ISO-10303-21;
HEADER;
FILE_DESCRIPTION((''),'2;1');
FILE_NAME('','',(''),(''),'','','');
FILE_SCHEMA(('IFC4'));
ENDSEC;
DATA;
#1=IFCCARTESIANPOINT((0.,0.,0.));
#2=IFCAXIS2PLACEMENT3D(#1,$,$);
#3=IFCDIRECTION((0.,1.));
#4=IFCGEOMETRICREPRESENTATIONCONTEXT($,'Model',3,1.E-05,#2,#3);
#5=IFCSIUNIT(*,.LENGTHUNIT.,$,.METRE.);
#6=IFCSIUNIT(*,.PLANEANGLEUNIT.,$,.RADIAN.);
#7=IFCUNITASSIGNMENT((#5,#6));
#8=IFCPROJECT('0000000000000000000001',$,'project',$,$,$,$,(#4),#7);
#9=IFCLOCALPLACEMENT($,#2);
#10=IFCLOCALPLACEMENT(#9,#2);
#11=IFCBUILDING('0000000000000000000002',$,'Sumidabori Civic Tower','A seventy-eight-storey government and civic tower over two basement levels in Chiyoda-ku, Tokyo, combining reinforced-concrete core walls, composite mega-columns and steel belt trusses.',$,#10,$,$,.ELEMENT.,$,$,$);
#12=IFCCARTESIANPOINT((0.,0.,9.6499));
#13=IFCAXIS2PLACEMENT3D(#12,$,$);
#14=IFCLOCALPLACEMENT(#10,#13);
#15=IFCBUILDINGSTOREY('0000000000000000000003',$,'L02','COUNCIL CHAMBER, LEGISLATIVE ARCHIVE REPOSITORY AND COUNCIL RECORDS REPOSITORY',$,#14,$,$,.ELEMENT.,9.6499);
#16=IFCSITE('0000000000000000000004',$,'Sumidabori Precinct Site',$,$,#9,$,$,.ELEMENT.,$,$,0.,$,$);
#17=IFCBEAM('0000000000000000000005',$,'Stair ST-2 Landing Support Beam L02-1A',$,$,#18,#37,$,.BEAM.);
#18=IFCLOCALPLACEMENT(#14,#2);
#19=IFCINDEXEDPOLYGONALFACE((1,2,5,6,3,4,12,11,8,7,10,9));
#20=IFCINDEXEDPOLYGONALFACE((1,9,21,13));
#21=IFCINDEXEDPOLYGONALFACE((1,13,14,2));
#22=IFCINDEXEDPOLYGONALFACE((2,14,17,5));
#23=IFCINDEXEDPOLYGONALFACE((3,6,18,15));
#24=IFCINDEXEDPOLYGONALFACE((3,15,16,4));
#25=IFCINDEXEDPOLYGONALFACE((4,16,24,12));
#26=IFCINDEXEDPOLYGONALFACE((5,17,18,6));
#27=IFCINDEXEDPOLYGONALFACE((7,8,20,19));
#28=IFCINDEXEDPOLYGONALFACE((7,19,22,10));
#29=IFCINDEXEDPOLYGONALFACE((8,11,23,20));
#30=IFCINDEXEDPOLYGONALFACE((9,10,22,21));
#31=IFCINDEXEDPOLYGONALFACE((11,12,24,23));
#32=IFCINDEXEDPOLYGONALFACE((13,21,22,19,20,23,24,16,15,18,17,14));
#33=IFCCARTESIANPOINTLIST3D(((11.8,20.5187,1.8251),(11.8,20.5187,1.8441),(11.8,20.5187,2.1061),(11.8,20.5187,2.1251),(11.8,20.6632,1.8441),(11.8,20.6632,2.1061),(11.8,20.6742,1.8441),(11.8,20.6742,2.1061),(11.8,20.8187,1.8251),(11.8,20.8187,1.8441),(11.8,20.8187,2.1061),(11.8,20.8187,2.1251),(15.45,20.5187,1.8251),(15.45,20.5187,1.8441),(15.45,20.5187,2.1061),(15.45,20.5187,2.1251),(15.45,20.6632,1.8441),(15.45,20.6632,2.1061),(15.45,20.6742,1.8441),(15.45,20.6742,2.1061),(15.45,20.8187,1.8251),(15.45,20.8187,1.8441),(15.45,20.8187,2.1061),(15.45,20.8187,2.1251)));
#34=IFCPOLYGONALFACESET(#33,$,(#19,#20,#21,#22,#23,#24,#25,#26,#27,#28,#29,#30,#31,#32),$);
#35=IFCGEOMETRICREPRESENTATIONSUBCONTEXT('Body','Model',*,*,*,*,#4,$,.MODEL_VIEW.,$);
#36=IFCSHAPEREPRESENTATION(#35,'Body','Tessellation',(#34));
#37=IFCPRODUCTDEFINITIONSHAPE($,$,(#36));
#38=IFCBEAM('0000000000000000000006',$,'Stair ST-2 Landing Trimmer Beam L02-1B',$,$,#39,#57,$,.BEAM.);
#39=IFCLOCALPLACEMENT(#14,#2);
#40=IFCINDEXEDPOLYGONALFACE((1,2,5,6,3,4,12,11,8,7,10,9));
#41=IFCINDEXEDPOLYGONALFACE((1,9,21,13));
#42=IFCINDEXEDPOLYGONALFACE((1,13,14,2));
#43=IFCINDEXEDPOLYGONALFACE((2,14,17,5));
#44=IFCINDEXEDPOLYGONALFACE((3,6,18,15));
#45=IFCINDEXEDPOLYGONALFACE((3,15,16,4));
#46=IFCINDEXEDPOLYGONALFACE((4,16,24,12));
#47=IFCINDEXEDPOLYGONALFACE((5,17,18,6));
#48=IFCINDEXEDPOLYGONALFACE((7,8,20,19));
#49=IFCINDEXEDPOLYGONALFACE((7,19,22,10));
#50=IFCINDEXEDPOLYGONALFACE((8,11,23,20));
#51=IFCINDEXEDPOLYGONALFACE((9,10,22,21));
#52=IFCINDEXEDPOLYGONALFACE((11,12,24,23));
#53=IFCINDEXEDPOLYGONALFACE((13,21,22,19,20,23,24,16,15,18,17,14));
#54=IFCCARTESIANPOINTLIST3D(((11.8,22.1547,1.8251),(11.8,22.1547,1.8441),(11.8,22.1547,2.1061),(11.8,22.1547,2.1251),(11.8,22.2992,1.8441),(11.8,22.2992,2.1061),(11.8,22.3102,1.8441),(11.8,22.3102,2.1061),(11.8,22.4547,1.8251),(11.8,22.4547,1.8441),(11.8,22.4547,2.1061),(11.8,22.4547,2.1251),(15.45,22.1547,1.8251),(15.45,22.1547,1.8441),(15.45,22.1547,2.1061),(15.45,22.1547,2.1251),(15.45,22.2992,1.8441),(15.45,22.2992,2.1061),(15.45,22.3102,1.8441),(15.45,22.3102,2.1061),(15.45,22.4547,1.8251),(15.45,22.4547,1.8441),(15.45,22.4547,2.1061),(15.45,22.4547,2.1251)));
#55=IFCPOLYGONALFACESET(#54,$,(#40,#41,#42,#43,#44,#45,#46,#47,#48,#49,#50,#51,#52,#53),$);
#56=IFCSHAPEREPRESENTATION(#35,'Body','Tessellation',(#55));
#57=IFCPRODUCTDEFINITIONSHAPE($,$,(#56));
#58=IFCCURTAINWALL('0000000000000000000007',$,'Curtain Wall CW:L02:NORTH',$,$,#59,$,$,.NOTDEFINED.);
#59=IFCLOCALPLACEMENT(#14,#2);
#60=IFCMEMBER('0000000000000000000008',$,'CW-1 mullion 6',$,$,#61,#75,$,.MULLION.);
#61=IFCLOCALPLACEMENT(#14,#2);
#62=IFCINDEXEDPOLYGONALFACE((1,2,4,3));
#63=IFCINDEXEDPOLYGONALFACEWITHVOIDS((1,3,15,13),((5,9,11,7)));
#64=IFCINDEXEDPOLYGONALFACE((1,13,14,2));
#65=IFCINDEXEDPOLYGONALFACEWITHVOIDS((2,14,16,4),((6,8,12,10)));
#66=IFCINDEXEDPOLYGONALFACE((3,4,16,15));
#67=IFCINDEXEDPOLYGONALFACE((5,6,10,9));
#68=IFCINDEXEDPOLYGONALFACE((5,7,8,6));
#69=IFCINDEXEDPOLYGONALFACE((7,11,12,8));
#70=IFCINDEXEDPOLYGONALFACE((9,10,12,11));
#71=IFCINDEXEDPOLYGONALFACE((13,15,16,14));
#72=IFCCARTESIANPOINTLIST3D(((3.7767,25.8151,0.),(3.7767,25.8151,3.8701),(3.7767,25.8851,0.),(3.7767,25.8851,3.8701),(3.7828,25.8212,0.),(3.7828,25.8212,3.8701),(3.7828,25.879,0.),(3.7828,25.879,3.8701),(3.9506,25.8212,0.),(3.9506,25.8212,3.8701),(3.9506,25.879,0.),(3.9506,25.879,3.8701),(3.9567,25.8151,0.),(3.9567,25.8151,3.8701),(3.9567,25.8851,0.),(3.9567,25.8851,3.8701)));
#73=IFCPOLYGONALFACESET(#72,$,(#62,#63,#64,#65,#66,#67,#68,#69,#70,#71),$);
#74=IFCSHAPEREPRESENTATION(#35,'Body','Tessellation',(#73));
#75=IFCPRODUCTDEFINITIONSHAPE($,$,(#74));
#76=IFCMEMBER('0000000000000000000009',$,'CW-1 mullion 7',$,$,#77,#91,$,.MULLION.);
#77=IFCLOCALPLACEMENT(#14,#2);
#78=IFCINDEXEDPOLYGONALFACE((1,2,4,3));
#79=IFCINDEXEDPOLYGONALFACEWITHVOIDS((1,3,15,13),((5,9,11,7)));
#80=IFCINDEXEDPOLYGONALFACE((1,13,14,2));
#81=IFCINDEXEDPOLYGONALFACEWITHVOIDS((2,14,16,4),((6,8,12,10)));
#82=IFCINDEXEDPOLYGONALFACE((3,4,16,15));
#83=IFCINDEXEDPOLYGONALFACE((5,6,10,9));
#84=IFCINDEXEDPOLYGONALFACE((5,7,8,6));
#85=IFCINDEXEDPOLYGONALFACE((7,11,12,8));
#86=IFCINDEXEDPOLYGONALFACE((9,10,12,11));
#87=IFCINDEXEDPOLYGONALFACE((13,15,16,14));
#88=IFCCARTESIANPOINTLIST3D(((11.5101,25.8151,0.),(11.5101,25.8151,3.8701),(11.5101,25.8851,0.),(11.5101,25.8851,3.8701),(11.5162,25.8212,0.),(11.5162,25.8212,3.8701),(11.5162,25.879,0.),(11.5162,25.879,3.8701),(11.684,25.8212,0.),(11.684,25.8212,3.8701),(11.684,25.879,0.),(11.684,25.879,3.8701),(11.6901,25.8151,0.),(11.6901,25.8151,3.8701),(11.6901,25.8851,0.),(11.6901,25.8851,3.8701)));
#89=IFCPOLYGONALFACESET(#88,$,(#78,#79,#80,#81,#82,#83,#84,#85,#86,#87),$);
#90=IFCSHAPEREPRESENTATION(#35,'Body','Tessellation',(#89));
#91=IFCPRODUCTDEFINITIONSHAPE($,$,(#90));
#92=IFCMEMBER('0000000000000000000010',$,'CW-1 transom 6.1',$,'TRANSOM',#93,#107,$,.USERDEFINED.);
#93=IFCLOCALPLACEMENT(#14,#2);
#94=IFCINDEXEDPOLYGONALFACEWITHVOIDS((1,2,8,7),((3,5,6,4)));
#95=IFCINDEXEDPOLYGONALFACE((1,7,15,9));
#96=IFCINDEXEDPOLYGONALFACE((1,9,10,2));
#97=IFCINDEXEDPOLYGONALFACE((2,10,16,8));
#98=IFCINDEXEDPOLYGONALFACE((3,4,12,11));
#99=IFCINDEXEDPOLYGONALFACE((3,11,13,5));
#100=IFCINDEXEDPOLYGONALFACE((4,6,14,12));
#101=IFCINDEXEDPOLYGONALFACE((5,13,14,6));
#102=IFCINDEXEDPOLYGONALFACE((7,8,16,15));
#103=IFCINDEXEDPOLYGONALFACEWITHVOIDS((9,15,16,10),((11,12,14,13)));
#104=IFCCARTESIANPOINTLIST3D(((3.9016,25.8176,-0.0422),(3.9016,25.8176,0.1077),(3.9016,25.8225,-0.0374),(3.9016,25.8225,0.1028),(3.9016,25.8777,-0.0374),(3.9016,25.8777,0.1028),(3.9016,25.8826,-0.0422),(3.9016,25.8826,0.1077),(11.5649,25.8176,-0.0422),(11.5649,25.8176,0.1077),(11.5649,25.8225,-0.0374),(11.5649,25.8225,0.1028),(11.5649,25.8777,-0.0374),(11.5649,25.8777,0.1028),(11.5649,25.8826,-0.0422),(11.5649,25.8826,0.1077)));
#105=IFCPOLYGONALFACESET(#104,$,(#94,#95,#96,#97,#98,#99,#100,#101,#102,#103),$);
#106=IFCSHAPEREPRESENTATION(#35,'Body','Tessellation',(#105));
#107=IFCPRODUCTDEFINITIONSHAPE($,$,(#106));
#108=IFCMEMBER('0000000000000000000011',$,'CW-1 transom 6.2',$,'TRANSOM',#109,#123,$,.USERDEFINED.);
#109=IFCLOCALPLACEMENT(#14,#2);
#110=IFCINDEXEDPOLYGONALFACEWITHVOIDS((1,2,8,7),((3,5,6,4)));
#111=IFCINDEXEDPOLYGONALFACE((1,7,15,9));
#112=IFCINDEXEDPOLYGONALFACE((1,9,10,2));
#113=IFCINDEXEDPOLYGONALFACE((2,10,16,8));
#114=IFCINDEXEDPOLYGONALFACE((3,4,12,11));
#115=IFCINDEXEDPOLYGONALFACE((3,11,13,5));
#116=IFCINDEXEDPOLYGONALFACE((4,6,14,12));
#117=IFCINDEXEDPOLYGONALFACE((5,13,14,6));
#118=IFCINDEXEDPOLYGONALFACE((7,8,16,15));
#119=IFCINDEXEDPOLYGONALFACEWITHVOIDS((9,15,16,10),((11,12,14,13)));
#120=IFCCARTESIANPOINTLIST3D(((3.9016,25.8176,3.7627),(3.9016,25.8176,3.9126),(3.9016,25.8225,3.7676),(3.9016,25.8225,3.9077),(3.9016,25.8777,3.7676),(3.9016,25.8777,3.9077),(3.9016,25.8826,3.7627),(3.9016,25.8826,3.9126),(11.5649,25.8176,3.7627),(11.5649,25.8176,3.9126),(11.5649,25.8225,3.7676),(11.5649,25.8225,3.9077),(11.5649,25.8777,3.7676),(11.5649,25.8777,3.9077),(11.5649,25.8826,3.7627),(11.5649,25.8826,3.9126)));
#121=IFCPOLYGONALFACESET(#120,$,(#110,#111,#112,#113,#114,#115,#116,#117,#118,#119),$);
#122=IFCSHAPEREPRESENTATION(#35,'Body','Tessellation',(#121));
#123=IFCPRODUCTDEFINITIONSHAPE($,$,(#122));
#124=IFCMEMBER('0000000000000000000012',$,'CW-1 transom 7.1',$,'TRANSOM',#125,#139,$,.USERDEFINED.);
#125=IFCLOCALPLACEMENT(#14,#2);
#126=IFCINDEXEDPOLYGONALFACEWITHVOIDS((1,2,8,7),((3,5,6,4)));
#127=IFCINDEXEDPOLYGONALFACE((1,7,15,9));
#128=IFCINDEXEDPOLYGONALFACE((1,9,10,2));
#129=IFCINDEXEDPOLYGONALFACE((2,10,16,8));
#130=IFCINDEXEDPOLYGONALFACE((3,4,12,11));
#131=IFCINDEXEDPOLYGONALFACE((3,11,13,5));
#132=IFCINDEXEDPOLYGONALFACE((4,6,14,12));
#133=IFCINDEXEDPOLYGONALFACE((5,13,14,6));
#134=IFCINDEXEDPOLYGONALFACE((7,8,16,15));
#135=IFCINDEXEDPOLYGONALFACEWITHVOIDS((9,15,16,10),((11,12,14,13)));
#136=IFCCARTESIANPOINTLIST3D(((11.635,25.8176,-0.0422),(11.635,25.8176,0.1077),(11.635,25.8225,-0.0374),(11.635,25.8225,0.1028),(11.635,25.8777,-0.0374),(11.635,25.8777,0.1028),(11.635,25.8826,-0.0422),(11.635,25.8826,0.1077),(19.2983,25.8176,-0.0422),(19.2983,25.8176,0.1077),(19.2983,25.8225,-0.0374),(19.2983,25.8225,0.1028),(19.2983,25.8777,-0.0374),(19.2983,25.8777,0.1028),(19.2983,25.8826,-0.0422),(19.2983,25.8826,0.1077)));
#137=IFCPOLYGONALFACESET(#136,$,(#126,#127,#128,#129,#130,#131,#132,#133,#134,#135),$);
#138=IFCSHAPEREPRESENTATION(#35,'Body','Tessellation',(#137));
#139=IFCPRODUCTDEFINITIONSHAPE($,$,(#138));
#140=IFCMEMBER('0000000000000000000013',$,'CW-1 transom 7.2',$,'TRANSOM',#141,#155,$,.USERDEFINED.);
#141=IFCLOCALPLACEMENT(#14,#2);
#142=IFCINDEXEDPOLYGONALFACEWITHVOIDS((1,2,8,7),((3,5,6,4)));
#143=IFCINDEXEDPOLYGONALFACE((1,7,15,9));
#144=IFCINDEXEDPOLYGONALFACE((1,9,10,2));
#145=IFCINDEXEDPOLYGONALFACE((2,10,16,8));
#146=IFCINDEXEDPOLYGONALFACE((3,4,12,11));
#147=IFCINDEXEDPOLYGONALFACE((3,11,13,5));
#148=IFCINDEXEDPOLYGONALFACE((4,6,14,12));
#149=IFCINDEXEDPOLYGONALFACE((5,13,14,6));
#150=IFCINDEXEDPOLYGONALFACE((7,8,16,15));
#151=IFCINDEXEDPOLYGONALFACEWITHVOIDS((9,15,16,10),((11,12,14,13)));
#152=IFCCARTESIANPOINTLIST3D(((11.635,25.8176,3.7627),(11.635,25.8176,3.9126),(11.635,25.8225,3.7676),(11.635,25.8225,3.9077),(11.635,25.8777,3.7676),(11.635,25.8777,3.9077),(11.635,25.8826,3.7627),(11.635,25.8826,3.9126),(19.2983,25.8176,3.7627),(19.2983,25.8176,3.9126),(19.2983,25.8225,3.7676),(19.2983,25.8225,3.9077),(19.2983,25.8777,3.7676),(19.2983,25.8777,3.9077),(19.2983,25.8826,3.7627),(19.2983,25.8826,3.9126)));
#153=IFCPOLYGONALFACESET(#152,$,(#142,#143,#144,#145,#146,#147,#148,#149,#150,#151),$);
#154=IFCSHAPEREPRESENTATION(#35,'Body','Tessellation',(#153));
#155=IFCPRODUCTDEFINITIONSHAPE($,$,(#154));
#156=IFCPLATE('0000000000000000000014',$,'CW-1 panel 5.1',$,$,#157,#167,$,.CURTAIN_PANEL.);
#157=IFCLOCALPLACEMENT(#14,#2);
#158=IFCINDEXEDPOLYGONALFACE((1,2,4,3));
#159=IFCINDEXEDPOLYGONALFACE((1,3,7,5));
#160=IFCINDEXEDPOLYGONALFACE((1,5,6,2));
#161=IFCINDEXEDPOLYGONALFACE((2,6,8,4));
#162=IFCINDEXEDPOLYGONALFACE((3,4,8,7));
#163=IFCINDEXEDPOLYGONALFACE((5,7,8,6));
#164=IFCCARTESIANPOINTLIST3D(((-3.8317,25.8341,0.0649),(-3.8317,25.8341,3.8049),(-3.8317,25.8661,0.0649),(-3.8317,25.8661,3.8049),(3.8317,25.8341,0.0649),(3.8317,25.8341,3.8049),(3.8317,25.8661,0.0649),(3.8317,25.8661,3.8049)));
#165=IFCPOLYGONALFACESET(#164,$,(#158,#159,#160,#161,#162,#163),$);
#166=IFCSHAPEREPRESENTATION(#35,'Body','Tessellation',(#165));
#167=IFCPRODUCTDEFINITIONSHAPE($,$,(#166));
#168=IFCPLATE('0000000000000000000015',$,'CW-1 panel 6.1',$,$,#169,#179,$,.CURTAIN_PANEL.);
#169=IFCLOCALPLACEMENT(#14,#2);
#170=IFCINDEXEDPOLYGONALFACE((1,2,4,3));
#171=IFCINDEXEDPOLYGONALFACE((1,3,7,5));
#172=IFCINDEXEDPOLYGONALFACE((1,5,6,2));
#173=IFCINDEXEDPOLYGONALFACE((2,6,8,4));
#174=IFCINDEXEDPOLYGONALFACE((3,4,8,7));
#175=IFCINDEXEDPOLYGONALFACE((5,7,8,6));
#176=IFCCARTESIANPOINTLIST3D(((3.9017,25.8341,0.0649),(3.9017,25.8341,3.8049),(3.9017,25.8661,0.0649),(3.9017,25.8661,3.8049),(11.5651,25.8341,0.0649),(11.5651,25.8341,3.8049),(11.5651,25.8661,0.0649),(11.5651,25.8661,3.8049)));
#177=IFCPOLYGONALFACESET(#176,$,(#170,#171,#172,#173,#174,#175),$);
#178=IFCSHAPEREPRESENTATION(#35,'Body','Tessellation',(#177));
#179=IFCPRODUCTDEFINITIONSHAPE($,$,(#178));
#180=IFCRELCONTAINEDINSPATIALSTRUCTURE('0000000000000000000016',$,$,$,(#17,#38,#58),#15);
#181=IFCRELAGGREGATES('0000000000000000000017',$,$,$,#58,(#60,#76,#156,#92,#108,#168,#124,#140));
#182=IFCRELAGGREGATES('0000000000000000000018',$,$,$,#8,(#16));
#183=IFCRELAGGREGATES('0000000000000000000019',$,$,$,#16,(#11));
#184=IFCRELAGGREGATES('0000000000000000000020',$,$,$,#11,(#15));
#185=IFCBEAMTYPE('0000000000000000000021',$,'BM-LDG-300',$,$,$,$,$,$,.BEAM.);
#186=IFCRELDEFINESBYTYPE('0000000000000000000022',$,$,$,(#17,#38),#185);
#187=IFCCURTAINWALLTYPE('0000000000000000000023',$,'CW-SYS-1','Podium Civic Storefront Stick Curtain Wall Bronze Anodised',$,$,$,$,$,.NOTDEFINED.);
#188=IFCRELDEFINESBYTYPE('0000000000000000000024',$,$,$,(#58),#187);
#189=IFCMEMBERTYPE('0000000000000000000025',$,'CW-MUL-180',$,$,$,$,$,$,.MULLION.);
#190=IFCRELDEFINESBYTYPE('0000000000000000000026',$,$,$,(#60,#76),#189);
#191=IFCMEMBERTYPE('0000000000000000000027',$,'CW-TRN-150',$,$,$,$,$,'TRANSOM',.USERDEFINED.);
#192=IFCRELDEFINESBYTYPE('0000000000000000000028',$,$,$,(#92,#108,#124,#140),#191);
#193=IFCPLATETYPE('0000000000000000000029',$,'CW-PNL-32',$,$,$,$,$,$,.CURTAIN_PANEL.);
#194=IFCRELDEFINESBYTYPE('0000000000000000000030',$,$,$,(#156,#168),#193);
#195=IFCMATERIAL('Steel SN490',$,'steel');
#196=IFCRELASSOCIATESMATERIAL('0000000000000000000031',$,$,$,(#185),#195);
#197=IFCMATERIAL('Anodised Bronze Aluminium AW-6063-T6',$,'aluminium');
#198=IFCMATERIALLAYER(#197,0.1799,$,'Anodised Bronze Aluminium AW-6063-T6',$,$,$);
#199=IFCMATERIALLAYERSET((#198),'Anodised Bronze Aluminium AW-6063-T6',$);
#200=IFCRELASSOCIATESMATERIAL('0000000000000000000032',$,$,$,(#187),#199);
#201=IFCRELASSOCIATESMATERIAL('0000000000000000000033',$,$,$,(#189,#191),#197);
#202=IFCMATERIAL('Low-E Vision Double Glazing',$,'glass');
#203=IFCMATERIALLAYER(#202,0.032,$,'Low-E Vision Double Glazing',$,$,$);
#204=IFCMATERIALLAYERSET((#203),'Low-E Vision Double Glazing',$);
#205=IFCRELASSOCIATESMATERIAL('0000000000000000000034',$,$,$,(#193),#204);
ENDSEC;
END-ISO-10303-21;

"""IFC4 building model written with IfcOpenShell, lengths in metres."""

from ifc_helpers import new_model, si_unit, direction, frame, origin, origin_2d, place, context, subcontext, project, spatial, rectangle, hollow_rectangle, i_section, extrude, source, transform, mapped, material, layer, layer_set, material_profile, profile_set, type_object, element, aggregate, save


model = new_model("IFC4")

# Units and contexts
model_context = context("Model", 3, precision=1e-05, world=origin(), true_north=direction((0.0, 1.0)))
body_context = subcontext(model_context, "Body", "Model", "MODEL_VIEW")
ifc_project = project(units=[si_unit("LENGTHUNIT", "METRE"), si_unit("PLANEANGLEUNIT", "RADIAN")], contexts=[model_context])

# Site, building, storey
site_placement = place(None, origin())
site = spatial("IfcSite", under=ifc_project, at=site_placement, Name="Sumidabori Precinct Site", CompositionType="ELEMENT", RefElevation=0.0)
building_placement = place(site_placement, origin())
building = spatial("IfcBuilding", under=site, at=building_placement, Name="Sumidabori Civic Tower", Description="A seventy-eight-storey government and civic tower over two basement levels in Chiyoda-ku, Tokyo, combining reinforced-concrete core walls, composite mega-columns and steel belt trusses.", CompositionType="ELEMENT")
storey_placement = place(building_placement, frame((0.0, 0.0, 9.6499)))
storey = spatial("IfcBuildingStorey", under=building, at=storey_placement, Name="L02", Description="COUNCIL CHAMBER, LEGISLATIVE ARCHIVE REPOSITORY AND COUNCIL RECORDS REPOSITORY", CompositionType="ELEMENT", Elevation=9.6499)

# Beams
ifc_material_1 = material(Name="Steel SN490", Category="steel")
ifc_material_profile_1 = material_profile(ifc_material_1, i_section(OverallWidth=0.3, OverallDepth=0.3, WebThickness=0.011, FlangeThickness=0.019, at=origin_2d()), Name="HE 300 B")
ifc_profile_set_1 = profile_set([ifc_material_profile_1], Name="Steel SN490")
beam_type = type_object("IfcBeamType", Name="BM-LDG-300", PredefinedType="BEAM", material=ifc_profile_set_1)
shared_shape_1 = source(origin(), body_context, "Body", "SweptSolid", [
    extrude(i_section(OverallWidth=0.3, OverallDepth=0.3, WebThickness=0.011, FlangeThickness=0.019, at=origin_2d()), origin(), (0.0, 0.0, 1.0), 3.6499),
])
for number, where, z_axis, x_axis, name in (
    (1, (11.8, 20.6687, 1.9751), (1.0, 0.0, 0.0), (0.0, 1.0, 0.0), "Stair ST-2 Landing Support Beam L02-1A"),
    (2, (11.8, 22.3047, 1.9751), (1.0, 0.0, 0.0), (0.0, 1.0, 0.0), "Stair ST-2 Landing Trimmer Beam L02-1B"),
):
    element("IfcBeam", number, at=place(storey_placement, frame(where, z_axis=z_axis, x_axis=x_axis)), inside=storey, type_object=beam_type, Name=name, PredefinedType="BEAM", context=body_context, shape_type="MappedRepresentation", body=[
        mapped(shared_shape_1, transform((0.0, 0.0, 0.0), x_axis=(1.0, 0.0, 0.0), y_axis=(0.0, 1.0, 0.0), z_axis=(0.0, 0.0, 1.0), scale=1.0)),
    ])

# Curtain wall, members, plates
ifc_material_2 = material(Name="Anodised Bronze Aluminium AW-6063-T6", Category="aluminium")
ifc_layer_1 = layer(ifc_material_2, 0.1799, Name="Anodised Bronze Aluminium AW-6063-T6")
ifc_layer_set_1 = layer_set([ifc_layer_1], Name="Anodised Bronze Aluminium AW-6063-T6")
curtain_wall_type = type_object("IfcCurtainWallType", Name="CW-SYS-1", Description="Podium Civic Storefront Stick Curtain Wall Bronze Anodised", PredefinedType="NOTDEFINED", material=ifc_layer_set_1)
curtain_wall_placement = place(storey_placement, origin())
curtain_wall = element("IfcCurtainWall", 3, at=curtain_wall_placement, inside=storey, type_object=curtain_wall_type, Name="Curtain Wall CW:L02:NORTH", PredefinedType="NOTDEFINED")
ifc_material_profile_2 = material_profile(ifc_material_2, hollow_rectangle(XDim=0.0701, YDim=0.1799, WallThickness=0.0061, at=origin_2d()), Name="ALU MULLION 180x70")
ifc_profile_set_2 = profile_set([ifc_material_profile_2], Name="Anodised Bronze Aluminium AW-6063-T6")
member_type_1 = type_object("IfcMemberType", Name="CW-MUL-180", PredefinedType="MULLION", material=ifc_profile_set_2)
shared_shape_2 = source(origin(), body_context, "Body", "SweptSolid", [
    extrude(hollow_rectangle(XDim=0.0701, YDim=0.1799, WallThickness=0.0061, at=origin_2d()), origin(), (0.0, 0.0, 1.0), 3.8701),
])
member_1_placement = place(storey_placement, frame((3.8667, 25.8501, 0.0), z_axis=(0.0, 0.0, 1.0), x_axis=(0.0, 1.0, 0.0)))
member_1 = element("IfcMember", 4, at=member_1_placement, type_object=member_type_1, Name="CW-1 mullion 6", PredefinedType="MULLION", context=body_context, shape_type="MappedRepresentation", body=[
    mapped(shared_shape_2, transform((0.0, 0.0, 0.0), x_axis=(1.0, 0.0, 0.0), y_axis=(0.0, 1.0, 0.0), z_axis=(0.0, 0.0, 1.0), scale=1.0)),
])
member_2_placement = place(storey_placement, frame((11.6001, 25.8501, 0.0), z_axis=(0.0, 0.0, 1.0), x_axis=(0.0, 1.0, 0.0)))
member_2 = element("IfcMember", 5, at=member_2_placement, type_object=member_type_1, Name="CW-1 mullion 7", PredefinedType="MULLION", context=body_context, shape_type="MappedRepresentation", body=[
    mapped(shared_shape_2, transform((0.0, 0.0, 0.0), x_axis=(1.0, 0.0, 0.0), y_axis=(0.0, 1.0, 0.0), z_axis=(0.0, 0.0, 1.0), scale=1.0)),
])
ifc_material_profile_3 = material_profile(ifc_material_2, hollow_rectangle(XDim=0.0649, YDim=0.1499, WallThickness=0.0049, at=origin_2d()), Name="ALU TRANSOM 150x65")
ifc_profile_set_3 = profile_set([ifc_material_profile_3], Name="Anodised Bronze Aluminium AW-6063-T6")
member_type_2 = type_object("IfcMemberType", Name="CW-TRN-150", ElementType="TRANSOM", PredefinedType="USERDEFINED", material=ifc_profile_set_3)
shared_shape_3 = source(origin(), body_context, "Body", "SweptSolid", [
    extrude(hollow_rectangle(XDim=0.0649, YDim=0.1499, WallThickness=0.0049, at=origin_2d()), origin(), (0.0, 0.0, 1.0), 7.6633),
])
member_3_placement = place(storey_placement, frame((3.9016, 25.8501, 0.0327), z_axis=(1.0, 0.0, 0.0), x_axis=(0.0, 1.0, 0.0)))
member_3 = element("IfcMember", 6, at=member_3_placement, type_object=member_type_2, Name="CW-1 transom 6.1", ObjectType="TRANSOM", PredefinedType="USERDEFINED", context=body_context, shape_type="MappedRepresentation", body=[
    mapped(shared_shape_3, transform((0.0, 0.0, 0.0), x_axis=(1.0, 0.0, 0.0), y_axis=(0.0, 1.0, 0.0), z_axis=(0.0, 0.0, 1.0), scale=1.0)),
])
member_4_placement = place(storey_placement, frame((3.9016, 25.8501, 3.8376), z_axis=(1.0, 0.0, 0.0), x_axis=(0.0, 1.0, 0.0)))
member_4 = element("IfcMember", 7, at=member_4_placement, type_object=member_type_2, Name="CW-1 transom 6.2", ObjectType="TRANSOM", PredefinedType="USERDEFINED", context=body_context, shape_type="MappedRepresentation", body=[
    mapped(shared_shape_3, transform((0.0, 0.0, 0.0), x_axis=(1.0, 0.0, 0.0), y_axis=(0.0, 1.0, 0.0), z_axis=(0.0, 0.0, 1.0), scale=1.0)),
])
member_5_placement = place(storey_placement, frame((11.635, 25.8501, 0.0327), z_axis=(1.0, 0.0, 0.0), x_axis=(0.0, 1.0, 0.0)))
member_5 = element("IfcMember", 8, at=member_5_placement, type_object=member_type_2, Name="CW-1 transom 7.1", ObjectType="TRANSOM", PredefinedType="USERDEFINED", context=body_context, shape_type="MappedRepresentation", body=[
    mapped(shared_shape_3, transform((0.0, 0.0, 0.0), x_axis=(1.0, 0.0, 0.0), y_axis=(0.0, 1.0, 0.0), z_axis=(0.0, 0.0, 1.0), scale=1.0)),
])
member_6_placement = place(storey_placement, frame((11.635, 25.8501, 3.8376), z_axis=(1.0, 0.0, 0.0), x_axis=(0.0, 1.0, 0.0)))
member_6 = element("IfcMember", 9, at=member_6_placement, type_object=member_type_2, Name="CW-1 transom 7.2", ObjectType="TRANSOM", PredefinedType="USERDEFINED", context=body_context, shape_type="MappedRepresentation", body=[
    mapped(shared_shape_3, transform((0.0, 0.0, 0.0), x_axis=(1.0, 0.0, 0.0), y_axis=(0.0, 1.0, 0.0), z_axis=(0.0, 0.0, 1.0), scale=1.0)),
])
ifc_material_3 = material(Name="Low-E Vision Double Glazing", Category="glass")
ifc_layer_2 = layer(ifc_material_3, 0.032, Name="Low-E Vision Double Glazing")
ifc_layer_set_2 = layer_set([ifc_layer_2], Name="Low-E Vision Double Glazing")
plate_type = type_object("IfcPlateType", Name="CW-PNL-32", PredefinedType="CURTAIN_PANEL", material=ifc_layer_set_2)
shared_shape_4 = source(origin(), body_context, "Body", "SweptSolid", [
    extrude(rectangle(XDim=7.6633, YDim=0.032, at=origin_2d()), origin(), (0.0, 0.0, 1.0), 3.74),
])
plate_1_placement = place(storey_placement, frame((0.0, 25.8501, 0.0649), z_axis=(0.0, 0.0, 1.0), x_axis=(1.0, 0.0, 0.0)))
plate_1 = element("IfcPlate", 10, at=plate_1_placement, type_object=plate_type, Name="CW-1 panel 5.1", PredefinedType="CURTAIN_PANEL", context=body_context, shape_type="MappedRepresentation", body=[
    mapped(shared_shape_4, transform((0.0, 0.0, 0.0), x_axis=(1.0, 0.0, 0.0), y_axis=(0.0, 1.0, 0.0), z_axis=(0.0, 0.0, 1.0), scale=1.0)),
])
plate_2_placement = place(storey_placement, frame((7.7334, 25.8501, 0.0649), z_axis=(0.0, 0.0, 1.0), x_axis=(1.0, 0.0, 0.0)))
plate_2 = element("IfcPlate", 11, at=plate_2_placement, type_object=plate_type, Name="CW-1 panel 6.1", PredefinedType="CURTAIN_PANEL", context=body_context, shape_type="MappedRepresentation", body=[
    mapped(shared_shape_4, transform((0.0, 0.0, 0.0), x_axis=(1.0, 0.0, 0.0), y_axis=(0.0, 1.0, 0.0), z_axis=(0.0, 0.0, 1.0), scale=1.0)),
])
aggregate(curtain_wall, [member_1, member_2, plate_1, member_3, member_4, plate_2, member_5, member_6])

save(model, "model.ifc")
